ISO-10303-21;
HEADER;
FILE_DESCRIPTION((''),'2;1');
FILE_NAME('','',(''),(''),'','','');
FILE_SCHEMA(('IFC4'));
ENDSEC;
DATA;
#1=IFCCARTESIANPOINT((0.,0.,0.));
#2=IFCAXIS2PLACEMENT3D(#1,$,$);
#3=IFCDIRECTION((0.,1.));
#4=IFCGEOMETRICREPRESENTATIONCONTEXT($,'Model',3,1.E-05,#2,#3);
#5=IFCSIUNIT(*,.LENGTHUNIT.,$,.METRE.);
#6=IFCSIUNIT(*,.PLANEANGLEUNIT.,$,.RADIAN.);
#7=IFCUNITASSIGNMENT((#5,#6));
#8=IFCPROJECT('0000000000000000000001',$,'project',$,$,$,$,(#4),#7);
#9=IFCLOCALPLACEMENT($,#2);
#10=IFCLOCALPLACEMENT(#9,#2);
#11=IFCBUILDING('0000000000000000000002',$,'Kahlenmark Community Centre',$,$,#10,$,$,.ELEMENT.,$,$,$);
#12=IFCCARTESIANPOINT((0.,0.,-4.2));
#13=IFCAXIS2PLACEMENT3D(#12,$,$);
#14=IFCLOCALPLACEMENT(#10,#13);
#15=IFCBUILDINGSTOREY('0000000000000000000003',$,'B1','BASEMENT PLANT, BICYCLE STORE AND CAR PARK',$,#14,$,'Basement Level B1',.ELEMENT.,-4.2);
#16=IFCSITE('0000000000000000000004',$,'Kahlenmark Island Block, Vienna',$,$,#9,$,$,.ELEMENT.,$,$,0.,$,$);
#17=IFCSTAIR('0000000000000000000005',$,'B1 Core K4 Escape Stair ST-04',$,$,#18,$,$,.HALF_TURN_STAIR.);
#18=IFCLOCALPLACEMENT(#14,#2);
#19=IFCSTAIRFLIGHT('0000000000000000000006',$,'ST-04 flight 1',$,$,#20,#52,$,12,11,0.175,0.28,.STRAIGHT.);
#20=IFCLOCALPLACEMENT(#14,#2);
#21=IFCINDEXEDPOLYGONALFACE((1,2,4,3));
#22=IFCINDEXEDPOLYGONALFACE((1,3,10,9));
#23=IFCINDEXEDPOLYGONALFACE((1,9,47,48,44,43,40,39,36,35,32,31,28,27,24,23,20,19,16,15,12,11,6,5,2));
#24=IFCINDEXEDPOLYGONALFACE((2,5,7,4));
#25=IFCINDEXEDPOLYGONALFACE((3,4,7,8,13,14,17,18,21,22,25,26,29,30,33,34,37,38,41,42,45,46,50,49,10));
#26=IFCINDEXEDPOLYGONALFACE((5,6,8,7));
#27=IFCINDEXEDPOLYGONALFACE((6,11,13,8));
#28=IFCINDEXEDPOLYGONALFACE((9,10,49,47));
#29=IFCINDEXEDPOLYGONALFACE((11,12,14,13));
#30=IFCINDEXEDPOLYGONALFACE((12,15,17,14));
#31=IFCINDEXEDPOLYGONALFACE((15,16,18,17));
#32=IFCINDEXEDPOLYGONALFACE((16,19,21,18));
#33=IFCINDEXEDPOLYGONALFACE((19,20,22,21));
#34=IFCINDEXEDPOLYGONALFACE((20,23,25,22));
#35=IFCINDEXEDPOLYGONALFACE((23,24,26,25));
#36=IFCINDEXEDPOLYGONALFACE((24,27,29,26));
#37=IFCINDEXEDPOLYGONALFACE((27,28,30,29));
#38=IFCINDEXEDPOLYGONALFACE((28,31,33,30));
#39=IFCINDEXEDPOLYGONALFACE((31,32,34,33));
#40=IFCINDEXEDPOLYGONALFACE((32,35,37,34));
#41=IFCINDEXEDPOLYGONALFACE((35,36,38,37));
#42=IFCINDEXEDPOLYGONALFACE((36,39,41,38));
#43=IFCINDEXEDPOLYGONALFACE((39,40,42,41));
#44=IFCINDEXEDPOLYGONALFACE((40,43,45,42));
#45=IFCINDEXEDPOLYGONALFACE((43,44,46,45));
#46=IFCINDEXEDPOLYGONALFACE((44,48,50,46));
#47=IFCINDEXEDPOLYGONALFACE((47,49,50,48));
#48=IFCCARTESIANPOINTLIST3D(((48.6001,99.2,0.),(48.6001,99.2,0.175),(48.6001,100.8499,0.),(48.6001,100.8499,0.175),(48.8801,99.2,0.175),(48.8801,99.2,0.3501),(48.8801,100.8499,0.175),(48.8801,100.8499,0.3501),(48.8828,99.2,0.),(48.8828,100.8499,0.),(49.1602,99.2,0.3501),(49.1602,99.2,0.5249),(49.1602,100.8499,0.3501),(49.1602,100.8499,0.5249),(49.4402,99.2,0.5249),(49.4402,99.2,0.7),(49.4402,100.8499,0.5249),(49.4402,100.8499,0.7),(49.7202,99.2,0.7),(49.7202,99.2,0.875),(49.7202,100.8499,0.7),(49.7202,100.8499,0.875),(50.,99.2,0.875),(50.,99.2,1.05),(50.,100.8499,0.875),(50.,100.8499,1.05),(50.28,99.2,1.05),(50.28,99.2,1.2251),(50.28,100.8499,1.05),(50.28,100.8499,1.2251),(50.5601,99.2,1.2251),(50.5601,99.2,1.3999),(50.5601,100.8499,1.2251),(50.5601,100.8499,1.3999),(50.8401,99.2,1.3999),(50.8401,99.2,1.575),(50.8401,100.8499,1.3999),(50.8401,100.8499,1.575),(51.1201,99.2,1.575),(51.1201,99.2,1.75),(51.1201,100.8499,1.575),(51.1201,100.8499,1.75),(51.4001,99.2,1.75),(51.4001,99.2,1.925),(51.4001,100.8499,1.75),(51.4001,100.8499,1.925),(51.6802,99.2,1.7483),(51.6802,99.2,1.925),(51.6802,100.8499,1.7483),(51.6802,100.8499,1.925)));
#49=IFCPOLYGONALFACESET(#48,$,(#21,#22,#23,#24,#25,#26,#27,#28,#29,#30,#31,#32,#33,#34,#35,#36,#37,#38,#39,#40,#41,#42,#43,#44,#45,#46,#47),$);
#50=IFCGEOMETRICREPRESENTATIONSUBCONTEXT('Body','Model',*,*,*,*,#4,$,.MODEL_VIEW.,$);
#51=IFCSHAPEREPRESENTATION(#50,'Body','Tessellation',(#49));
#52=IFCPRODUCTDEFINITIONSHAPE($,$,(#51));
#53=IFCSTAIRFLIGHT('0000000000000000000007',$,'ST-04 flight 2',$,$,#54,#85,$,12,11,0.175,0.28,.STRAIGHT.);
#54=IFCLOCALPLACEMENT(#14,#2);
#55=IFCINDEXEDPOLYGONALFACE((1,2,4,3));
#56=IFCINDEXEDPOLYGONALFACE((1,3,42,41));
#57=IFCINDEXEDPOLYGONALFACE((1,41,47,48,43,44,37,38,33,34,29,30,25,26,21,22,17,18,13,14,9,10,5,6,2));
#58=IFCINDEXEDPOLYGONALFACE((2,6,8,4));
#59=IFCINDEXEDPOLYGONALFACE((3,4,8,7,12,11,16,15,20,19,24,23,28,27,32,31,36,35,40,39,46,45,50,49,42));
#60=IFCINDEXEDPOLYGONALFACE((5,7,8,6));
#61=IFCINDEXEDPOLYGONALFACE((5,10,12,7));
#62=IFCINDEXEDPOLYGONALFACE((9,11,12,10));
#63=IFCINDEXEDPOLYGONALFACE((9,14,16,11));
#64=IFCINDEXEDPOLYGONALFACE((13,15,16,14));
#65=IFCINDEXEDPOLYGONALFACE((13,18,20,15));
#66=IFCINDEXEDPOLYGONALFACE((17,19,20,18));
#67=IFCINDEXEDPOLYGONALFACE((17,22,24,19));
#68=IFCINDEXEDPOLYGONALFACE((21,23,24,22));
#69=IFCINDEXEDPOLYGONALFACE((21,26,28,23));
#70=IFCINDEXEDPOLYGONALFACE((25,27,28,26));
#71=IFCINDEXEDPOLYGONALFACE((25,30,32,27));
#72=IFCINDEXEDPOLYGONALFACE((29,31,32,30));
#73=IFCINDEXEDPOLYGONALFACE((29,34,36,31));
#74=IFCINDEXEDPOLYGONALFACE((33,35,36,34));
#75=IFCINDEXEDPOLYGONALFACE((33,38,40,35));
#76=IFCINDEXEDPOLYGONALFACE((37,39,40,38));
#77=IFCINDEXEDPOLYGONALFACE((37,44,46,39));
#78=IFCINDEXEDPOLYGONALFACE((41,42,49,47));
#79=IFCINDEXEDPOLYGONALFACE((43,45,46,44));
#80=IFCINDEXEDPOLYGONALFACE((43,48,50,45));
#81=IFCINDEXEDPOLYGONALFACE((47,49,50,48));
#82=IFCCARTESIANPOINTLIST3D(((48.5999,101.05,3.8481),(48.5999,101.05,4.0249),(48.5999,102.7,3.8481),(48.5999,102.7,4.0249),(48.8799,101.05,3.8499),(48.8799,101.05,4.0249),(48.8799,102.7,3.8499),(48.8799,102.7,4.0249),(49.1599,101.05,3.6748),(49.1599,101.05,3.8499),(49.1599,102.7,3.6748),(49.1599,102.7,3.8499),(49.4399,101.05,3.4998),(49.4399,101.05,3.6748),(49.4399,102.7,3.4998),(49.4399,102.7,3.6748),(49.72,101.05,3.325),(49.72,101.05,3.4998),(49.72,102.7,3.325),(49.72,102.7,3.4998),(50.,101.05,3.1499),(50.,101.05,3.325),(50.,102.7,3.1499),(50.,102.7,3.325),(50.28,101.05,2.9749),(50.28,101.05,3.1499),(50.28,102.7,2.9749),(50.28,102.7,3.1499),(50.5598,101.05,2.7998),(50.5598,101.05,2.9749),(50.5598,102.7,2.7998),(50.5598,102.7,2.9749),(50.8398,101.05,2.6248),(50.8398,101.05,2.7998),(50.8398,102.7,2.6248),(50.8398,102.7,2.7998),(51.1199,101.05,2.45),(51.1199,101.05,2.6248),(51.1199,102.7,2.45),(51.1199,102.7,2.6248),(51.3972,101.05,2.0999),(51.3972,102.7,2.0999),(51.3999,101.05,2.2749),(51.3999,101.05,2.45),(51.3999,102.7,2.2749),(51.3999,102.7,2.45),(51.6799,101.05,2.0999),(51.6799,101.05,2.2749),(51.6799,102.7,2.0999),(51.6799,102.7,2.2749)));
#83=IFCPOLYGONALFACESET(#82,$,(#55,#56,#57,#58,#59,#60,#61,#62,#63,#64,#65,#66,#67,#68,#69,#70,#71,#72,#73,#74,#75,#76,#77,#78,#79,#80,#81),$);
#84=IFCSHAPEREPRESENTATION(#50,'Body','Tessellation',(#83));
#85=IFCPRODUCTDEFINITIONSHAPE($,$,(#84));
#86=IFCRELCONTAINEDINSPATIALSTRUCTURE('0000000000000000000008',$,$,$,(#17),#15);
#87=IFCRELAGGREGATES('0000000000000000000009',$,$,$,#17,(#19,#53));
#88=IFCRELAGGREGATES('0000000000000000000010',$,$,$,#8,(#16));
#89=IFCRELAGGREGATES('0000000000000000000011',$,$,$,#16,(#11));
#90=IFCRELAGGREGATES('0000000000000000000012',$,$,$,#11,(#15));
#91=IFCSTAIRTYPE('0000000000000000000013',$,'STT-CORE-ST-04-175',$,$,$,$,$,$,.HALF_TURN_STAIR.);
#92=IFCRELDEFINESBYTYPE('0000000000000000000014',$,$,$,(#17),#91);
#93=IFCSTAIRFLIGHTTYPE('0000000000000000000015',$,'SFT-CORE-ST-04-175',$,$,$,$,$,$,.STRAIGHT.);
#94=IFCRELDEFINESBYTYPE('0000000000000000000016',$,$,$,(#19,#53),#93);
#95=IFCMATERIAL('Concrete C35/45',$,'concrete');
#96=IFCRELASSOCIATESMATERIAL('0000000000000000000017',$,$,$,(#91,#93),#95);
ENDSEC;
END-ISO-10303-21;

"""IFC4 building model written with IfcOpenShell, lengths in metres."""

from ifc_helpers import new_model, si_unit, direction, frame, origin, place, context, subcontext, project, spatial, polyline, outline, extrude, material, type_object, element, aggregate, save


model = new_model("IFC4")

# Units and contexts
model_context = context("Model", 3, precision=1e-05, world=origin(), true_north=direction((0.0, 1.0)))
body_context = subcontext(model_context, "Body", "Model", "MODEL_VIEW")
ifc_project = project(units=[si_unit("LENGTHUNIT", "METRE"), si_unit("PLANEANGLEUNIT", "RADIAN")], contexts=[model_context])

# Site, building, storey
site_placement = place(None, origin())
site = spatial("IfcSite", under=ifc_project, at=site_placement, Name="Kahlenmark Island Block, Vienna", CompositionType="ELEMENT", RefElevation=0.0)
building_placement = place(site_placement, origin())
building = spatial("IfcBuilding", under=site, at=building_placement, Name="Kahlenmark Community Centre", CompositionType="ELEMENT")
storey_placement = place(building_placement, frame((0.0, 0.0, -4.2)))
storey = spatial("IfcBuildingStorey", under=building, at=storey_placement, Name="B1", Description="BASEMENT PLANT, BICYCLE STORE AND CAR PARK", LongName="Basement Level B1", CompositionType="ELEMENT", Elevation=-4.2)

# Shared definitions
ifc_material_1 = material(Name="Concrete C35/45", Category="concrete")

# Stair, stair flights
stair_type = type_object("IfcStairType", Name="STT-CORE-ST-04-175", PredefinedType="HALF_TURN_STAIR", material=ifc_material_1)
stair_placement = place(storey_placement, origin())
stair = element("IfcStair", 1, at=stair_placement, inside=storey, type_object=stair_type, Name="B1 Core K4 Escape Stair ST-04", PredefinedType="HALF_TURN_STAIR")
stair_flight_type = type_object("IfcStairFlightType", Name="SFT-CORE-ST-04-175", PredefinedType="STRAIGHT", material=ifc_material_1)
stair_flight_1_placement = place(storey_placement, frame((48.6001, 100.0249, 0.0), z_axis=(0.0, 0.0, 1.0), x_axis=(1.0, 0.0, 0.0)))
stair_flight_1 = element("IfcStairFlight", 2, at=stair_flight_1_placement, type_object=stair_flight_type, Name="ST-04 flight 1", NumberOfRisers=12, NumberOfTreads=11, PredefinedType="STRAIGHT", RiserHeight=0.175, TreadLength=0.28, context=body_context, shape_type="SweptSolid", body=[
    extrude(outline(polyline([(0.0, 0.0), (0.0, 0.175), (0.28, 0.175), (0.28, 0.3501), (0.5601, 0.3501), (0.5601, 0.5249), (0.8401, 0.5249), (0.8401, 0.7), (1.1201, 0.7), (1.1201, 0.875), (1.3999, 0.875), (1.3999, 1.05), (1.6799, 1.05), (1.6799, 1.2251), (1.96, 1.2251), (1.96, 1.3999), (2.24, 1.3999), (2.24, 1.575), (2.52, 1.575), (2.52, 1.75), (2.8, 1.75), (2.8, 1.925), (3.0801, 1.925), (3.0801, 2.1001), (3.0801, 1.7483), (0.2827, 0.0), (0.0, 0.0)])), frame((0.0, 0.825, 0.0), z_axis=(0.0, -1.0, 0.0), x_axis=(1.0, 0.0, 0.0)), (0.0, 0.0, 1.0), 1.6499),
])
stair_flight_2_placement = place(storey_placement, frame((51.6799, 101.875, 2.0999), z_axis=(0.0, 0.0, 1.0), x_axis=(-1.0, 0.0, 0.0)))
stair_flight_2 = element("IfcStairFlight", 3, at=stair_flight_2_placement, type_object=stair_flight_type, Name="ST-04 flight 2", NumberOfRisers=12, NumberOfTreads=11, PredefinedType="STRAIGHT", RiserHeight=0.175, TreadLength=0.28, context=body_context, shape_type="SweptSolid", body=[
    extrude(outline(polyline([(0.0, 0.0), (0.0, 0.175), (0.28, 0.175), (0.28, 0.3501), (0.5601, 0.3501), (0.5601, 0.5249), (0.8401, 0.5249), (0.8401, 0.7), (1.1201, 0.7), (1.1201, 0.875), (1.3999, 0.875), (1.3999, 1.05), (1.6799, 1.05), (1.6799, 1.2251), (1.96, 1.2251), (1.96, 1.3999), (2.24, 1.3999), (2.24, 1.575), (2.52, 1.575), (2.52, 1.75), (2.8, 1.75), (2.8, 1.925), (3.0801, 1.925), (3.0801, 2.1001), (3.0801, 1.7483), (0.2827, 0.0), (0.0, 0.0)])), frame((0.0, 0.825, 0.0), z_axis=(0.0, -1.0, 0.0), x_axis=(1.0, 0.0, 0.0)), (0.0, 0.0, 1.0), 1.6499),
])
aggregate(stair, [stair_flight_1, stair_flight_2])

save(model, "model.ifc")
